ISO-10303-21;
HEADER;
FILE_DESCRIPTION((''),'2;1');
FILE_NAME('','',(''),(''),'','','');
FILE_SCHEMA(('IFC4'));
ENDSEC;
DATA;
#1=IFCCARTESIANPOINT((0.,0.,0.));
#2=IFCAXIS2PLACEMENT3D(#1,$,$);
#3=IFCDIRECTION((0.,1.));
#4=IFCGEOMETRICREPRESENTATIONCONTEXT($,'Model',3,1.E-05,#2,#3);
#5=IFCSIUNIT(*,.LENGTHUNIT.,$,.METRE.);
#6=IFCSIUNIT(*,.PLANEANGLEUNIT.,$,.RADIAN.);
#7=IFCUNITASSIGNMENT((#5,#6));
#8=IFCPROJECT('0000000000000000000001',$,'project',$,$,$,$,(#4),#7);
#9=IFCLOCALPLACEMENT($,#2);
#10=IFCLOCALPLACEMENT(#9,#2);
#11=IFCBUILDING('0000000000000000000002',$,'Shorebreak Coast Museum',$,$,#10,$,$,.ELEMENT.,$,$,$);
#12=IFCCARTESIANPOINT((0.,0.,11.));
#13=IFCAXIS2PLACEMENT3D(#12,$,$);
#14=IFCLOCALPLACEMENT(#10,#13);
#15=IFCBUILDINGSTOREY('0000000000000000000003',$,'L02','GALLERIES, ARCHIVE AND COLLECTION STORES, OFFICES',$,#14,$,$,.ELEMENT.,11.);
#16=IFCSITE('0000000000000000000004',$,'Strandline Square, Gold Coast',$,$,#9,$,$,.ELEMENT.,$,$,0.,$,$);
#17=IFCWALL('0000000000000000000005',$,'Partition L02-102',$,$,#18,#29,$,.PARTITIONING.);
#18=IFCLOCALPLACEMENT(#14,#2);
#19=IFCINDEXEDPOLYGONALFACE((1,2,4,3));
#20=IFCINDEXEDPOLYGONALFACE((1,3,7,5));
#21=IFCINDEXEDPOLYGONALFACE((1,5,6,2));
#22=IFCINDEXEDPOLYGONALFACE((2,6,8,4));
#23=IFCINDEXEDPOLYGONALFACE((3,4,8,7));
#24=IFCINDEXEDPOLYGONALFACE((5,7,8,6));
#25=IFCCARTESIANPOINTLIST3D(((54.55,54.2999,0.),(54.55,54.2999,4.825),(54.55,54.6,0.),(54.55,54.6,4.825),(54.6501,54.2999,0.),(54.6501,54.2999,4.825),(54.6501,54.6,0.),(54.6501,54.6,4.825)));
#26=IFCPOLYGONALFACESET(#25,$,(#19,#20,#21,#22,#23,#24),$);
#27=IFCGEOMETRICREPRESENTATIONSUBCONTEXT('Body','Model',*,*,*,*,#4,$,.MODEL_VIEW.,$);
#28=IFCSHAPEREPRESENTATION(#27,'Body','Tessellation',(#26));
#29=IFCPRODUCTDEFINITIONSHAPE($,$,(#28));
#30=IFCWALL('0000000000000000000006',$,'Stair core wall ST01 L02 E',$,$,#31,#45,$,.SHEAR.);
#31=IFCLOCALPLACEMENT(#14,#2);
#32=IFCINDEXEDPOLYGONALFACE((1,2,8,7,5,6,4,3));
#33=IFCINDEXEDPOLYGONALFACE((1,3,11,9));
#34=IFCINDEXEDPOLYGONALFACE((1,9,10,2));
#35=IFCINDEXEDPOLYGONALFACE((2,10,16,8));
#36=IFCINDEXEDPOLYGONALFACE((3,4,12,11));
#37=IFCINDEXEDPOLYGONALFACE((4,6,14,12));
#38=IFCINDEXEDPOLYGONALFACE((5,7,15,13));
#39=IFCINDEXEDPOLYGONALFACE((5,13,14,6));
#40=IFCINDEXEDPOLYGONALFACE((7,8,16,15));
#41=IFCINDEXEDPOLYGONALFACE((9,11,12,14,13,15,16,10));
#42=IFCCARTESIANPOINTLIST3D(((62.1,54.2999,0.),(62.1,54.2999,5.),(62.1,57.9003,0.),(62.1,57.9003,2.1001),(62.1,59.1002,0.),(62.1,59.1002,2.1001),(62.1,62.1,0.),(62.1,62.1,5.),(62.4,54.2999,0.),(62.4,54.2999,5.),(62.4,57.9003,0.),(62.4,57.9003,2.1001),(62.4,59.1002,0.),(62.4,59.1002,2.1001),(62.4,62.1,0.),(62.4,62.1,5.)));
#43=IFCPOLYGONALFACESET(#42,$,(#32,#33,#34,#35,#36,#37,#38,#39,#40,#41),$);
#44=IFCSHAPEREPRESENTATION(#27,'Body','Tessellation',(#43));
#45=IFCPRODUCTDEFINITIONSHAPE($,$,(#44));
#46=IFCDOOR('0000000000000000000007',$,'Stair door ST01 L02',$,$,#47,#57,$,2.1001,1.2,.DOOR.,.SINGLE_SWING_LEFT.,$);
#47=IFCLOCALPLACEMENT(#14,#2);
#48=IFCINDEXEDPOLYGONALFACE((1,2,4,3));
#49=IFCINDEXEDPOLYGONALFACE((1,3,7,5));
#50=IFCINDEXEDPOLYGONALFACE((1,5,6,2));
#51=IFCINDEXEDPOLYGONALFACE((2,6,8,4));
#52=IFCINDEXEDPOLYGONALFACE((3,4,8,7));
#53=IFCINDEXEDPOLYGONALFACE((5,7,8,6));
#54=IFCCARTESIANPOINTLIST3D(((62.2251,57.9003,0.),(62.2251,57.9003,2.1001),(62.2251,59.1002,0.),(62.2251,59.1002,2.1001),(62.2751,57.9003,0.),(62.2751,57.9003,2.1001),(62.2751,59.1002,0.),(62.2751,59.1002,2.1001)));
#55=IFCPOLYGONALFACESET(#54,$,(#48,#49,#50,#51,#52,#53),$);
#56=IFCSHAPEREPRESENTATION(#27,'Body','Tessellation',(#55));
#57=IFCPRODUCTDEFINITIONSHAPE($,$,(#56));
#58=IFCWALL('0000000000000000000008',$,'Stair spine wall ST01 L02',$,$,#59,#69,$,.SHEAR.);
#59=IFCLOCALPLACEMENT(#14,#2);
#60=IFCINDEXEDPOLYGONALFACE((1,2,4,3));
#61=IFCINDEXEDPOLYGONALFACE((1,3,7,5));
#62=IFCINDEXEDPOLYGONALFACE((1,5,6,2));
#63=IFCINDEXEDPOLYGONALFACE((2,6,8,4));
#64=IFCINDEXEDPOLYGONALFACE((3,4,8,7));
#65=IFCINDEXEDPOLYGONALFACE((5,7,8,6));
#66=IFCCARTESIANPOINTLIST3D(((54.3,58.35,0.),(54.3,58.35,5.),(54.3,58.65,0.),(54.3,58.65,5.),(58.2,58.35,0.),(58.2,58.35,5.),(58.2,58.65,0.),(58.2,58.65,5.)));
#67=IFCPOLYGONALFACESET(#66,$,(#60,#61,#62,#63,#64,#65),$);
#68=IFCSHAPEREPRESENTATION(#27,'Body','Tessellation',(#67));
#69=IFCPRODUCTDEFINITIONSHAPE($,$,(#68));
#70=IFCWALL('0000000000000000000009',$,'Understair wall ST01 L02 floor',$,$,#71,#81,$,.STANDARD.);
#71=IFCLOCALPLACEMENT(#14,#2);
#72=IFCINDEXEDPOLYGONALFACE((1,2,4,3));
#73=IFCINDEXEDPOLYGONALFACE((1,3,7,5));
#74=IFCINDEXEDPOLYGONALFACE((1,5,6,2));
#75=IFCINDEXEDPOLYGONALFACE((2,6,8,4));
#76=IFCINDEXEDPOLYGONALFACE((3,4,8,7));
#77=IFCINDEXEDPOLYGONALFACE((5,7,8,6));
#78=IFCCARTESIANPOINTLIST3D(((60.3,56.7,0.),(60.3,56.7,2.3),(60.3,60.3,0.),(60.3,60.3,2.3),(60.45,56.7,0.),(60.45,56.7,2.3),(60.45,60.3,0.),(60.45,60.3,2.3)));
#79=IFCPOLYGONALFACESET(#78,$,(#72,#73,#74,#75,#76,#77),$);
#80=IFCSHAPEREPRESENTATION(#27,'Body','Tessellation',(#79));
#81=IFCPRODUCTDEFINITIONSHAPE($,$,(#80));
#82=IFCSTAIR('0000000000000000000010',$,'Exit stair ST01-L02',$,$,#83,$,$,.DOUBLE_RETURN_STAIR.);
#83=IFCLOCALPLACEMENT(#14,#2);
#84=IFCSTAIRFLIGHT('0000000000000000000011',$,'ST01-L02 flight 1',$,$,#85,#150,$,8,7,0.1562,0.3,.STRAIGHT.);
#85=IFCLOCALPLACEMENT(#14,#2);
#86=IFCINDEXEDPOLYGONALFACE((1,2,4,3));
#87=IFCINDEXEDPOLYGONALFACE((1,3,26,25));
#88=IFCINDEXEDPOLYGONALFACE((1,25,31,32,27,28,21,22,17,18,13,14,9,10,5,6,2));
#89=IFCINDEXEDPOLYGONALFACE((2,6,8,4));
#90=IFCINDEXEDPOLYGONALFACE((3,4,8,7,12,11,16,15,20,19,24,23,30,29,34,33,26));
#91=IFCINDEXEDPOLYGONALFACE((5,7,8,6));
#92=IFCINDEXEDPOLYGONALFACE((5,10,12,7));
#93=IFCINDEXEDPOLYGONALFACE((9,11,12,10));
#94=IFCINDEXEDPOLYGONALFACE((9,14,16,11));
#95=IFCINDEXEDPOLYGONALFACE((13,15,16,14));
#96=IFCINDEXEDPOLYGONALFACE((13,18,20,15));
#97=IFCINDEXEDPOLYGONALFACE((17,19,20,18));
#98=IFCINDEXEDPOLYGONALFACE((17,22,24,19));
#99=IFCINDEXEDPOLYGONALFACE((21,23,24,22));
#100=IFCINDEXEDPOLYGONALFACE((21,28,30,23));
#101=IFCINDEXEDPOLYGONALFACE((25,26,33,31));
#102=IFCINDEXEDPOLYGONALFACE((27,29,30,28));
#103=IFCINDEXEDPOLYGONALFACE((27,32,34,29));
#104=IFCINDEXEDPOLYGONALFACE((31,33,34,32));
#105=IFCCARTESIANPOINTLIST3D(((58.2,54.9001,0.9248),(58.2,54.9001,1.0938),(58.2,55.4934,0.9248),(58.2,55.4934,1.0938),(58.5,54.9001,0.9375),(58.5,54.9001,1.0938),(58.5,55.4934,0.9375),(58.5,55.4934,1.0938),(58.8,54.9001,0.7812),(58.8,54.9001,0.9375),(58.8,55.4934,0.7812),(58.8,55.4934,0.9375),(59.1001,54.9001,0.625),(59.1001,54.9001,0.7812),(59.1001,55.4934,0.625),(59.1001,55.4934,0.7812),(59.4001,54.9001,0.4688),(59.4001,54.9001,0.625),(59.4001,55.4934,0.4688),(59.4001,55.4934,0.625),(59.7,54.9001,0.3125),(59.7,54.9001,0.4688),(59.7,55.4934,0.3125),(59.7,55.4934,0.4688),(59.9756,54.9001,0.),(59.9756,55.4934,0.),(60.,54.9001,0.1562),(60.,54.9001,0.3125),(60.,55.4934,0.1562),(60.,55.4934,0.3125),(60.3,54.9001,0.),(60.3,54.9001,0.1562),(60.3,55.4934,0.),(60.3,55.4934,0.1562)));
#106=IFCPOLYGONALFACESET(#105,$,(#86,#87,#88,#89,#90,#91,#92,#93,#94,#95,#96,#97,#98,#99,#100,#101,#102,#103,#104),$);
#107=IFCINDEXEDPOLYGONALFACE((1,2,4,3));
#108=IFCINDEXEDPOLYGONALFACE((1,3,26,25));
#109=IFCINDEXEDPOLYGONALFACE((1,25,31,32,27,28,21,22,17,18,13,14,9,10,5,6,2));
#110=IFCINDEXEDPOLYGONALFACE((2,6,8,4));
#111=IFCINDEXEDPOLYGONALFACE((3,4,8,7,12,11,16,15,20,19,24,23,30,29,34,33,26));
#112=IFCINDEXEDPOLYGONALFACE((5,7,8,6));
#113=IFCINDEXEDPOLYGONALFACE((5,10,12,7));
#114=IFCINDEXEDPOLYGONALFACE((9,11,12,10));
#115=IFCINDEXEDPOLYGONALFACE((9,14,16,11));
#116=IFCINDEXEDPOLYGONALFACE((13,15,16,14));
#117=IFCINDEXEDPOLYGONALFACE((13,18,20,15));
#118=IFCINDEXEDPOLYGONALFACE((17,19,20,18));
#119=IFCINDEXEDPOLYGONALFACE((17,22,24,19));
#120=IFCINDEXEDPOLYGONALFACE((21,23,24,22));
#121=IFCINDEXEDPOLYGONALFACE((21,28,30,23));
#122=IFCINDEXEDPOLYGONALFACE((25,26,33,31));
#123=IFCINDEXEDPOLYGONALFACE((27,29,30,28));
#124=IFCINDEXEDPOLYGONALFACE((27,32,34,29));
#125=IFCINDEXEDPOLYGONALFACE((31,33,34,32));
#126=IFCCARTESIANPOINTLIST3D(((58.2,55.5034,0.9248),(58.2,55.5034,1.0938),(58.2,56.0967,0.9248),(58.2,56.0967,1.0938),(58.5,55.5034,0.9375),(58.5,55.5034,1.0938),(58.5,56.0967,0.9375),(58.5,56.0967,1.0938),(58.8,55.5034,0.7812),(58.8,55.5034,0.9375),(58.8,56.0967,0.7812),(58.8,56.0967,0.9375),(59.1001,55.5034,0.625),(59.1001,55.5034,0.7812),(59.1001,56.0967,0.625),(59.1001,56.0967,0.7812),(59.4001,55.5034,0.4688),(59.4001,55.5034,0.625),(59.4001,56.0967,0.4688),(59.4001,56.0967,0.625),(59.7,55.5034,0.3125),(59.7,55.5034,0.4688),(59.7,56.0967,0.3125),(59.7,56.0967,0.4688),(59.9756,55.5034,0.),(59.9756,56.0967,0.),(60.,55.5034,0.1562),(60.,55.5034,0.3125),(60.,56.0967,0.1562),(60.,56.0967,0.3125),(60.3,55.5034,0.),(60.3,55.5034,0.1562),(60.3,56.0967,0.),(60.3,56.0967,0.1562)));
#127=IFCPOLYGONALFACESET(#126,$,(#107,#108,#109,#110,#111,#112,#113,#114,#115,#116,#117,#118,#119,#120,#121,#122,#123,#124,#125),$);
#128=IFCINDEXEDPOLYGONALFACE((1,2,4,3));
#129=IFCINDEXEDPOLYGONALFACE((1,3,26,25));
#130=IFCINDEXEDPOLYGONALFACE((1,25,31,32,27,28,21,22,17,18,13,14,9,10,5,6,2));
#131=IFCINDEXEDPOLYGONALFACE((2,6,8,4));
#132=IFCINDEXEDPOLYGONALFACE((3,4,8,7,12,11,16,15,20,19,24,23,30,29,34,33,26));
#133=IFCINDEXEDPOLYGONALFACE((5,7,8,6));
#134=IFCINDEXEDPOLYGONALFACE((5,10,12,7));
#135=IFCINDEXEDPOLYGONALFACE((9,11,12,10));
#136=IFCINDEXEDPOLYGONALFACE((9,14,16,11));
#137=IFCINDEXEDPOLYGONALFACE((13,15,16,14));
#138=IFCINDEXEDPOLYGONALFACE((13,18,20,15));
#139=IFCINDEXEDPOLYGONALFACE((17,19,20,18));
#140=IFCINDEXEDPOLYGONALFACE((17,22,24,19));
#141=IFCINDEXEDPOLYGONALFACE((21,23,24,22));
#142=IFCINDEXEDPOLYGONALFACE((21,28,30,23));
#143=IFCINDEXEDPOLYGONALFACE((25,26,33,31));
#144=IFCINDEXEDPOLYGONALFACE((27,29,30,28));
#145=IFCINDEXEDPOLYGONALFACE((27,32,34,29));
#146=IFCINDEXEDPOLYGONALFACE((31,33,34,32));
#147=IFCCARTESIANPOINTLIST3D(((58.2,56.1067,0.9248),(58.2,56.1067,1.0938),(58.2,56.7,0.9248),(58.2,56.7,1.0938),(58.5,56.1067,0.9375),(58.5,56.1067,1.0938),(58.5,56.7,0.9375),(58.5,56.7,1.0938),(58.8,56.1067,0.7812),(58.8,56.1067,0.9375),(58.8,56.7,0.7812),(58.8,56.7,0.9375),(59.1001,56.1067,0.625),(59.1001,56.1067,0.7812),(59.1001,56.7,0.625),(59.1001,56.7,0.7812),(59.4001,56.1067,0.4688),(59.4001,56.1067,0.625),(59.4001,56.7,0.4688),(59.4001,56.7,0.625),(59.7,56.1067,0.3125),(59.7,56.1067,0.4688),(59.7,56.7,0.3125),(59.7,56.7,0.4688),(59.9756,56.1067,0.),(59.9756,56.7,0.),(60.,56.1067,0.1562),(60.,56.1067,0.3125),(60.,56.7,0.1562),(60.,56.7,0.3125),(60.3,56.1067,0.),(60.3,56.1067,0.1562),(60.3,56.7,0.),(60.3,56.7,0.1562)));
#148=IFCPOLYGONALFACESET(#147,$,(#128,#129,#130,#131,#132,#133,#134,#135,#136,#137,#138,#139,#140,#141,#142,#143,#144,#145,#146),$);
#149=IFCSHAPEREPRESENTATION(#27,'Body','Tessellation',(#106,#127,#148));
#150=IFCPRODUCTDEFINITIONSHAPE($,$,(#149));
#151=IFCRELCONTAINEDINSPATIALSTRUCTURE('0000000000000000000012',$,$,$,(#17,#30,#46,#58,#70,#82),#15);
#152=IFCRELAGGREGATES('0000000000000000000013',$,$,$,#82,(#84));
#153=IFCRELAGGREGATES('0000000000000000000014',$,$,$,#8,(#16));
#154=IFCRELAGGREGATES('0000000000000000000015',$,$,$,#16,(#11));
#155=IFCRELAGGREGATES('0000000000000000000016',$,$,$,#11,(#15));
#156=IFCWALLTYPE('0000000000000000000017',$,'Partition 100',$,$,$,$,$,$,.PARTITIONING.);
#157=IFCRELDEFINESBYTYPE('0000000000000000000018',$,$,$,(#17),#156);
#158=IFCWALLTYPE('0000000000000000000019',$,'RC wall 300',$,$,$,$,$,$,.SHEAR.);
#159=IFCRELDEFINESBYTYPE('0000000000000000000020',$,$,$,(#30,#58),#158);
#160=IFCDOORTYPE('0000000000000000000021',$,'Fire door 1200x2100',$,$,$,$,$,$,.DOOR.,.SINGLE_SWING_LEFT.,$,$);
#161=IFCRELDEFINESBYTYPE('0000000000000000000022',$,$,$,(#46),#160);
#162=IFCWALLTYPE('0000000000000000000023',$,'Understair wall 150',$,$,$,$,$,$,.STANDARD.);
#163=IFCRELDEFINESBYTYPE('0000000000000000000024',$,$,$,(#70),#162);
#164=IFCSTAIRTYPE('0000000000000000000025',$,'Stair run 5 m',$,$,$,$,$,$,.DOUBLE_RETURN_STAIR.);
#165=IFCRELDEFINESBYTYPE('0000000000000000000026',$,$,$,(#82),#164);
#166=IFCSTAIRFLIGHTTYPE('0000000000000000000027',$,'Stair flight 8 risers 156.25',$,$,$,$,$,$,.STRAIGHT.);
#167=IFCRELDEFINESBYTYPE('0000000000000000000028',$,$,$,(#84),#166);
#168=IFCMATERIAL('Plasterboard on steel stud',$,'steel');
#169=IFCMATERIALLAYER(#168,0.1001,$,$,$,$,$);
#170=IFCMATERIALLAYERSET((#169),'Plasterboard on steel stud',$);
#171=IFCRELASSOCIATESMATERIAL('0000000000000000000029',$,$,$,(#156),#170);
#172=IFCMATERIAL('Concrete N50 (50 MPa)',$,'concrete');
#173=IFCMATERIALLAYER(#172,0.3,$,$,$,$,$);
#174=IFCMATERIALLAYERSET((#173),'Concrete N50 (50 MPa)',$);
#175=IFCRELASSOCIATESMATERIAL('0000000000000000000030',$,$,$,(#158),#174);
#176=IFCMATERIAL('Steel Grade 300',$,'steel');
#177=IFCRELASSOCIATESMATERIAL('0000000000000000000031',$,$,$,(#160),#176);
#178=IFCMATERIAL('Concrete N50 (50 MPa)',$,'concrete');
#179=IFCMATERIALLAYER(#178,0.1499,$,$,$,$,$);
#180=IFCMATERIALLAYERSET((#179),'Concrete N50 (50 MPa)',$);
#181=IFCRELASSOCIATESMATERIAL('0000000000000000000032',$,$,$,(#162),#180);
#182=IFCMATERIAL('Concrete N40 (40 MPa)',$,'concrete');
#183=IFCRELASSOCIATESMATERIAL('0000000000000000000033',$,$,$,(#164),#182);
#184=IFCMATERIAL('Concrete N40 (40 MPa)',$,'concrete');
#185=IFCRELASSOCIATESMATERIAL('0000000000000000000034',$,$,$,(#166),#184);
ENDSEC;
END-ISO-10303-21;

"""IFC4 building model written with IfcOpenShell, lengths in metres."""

from ifc_helpers import new_model, si_unit, direction, frame, frame_2d, origin, place, context, subcontext, project, spatial, polyline, rectangle, outline, extrude, material, layer, layer_set, type_object, element, fill, aggregate, save


model = new_model("IFC4")

# Units and contexts
model_context = context("Model", 3, precision=1e-05, world=origin(), true_north=direction((0.0, 1.0)))
body_context = subcontext(model_context, "Body", "Model", "MODEL_VIEW")
ifc_project = project(units=[si_unit("LENGTHUNIT", "METRE"), si_unit("PLANEANGLEUNIT", "RADIAN")], contexts=[model_context])

# Site, building, storey
site_placement = place(None, origin())
site = spatial("IfcSite", under=ifc_project, at=site_placement, Name="Strandline Square, Gold Coast", CompositionType="ELEMENT", RefElevation=0.0)
building_placement = place(site_placement, origin())
building = spatial("IfcBuilding", under=site, at=building_placement, Name="Shorebreak Coast Museum", CompositionType="ELEMENT")
storey_placement = place(building_placement, frame((0.0, 0.0, 11.0)))
storey = spatial("IfcBuildingStorey", under=building, at=storey_placement, Name="L02", Description="GALLERIES, ARCHIVE AND COLLECTION STORES, OFFICES", CompositionType="ELEMENT", Elevation=11.0)

# Wall
ifc_material_1 = material(Name="Plasterboard on steel stud", Category="steel")
ifc_layer_1 = layer(ifc_material_1, 0.1001)
ifc_layer_set_1 = layer_set([ifc_layer_1], Name="Plasterboard on steel stud")
wall_type_1 = type_object("IfcWallType", Name="Partition 100", PredefinedType="PARTITIONING", material=ifc_layer_set_1)
wall_1_placement = place(storey_placement, frame((54.6001, 54.3, 0.0), z_axis=(0.0, 0.0, 1.0), x_axis=(0.0, 1.0, 0.0)))
element("IfcWall", 1, at=wall_1_placement, inside=storey, type_object=wall_type_1, Name="Partition L02-102", PredefinedType="PARTITIONING", context=body_context, shape_type="SweptSolid", body=[
    extrude(rectangle(XDim=0.3, YDim=0.1001, at=frame_2d((0.1499, 0.0))), origin(), (0.0, 0.0, 1.0), 4.825),
])

# Wall, opening, door
ifc_material_2 = material(Name="Concrete N50 (50 MPa)", Category="concrete")
ifc_layer_2 = layer(ifc_material_2, 0.3)
ifc_layer_set_2 = layer_set([ifc_layer_2], Name="Concrete N50 (50 MPa)")
wall_type_2 = type_object("IfcWallType", Name="RC wall 300", PredefinedType="SHEAR", material=ifc_layer_set_2)
wall_2_placement = place(storey_placement, frame((62.25, 54.3, 0.0), z_axis=(0.0, 0.0, 1.0), x_axis=(0.0, 1.0, 0.0)))
wall_2 = element("IfcWall", 2, at=wall_2_placement, inside=storey, type_object=wall_type_2, Name="Stair core wall ST01 L02 E", PredefinedType="SHEAR", context=body_context, shape_type="SweptSolid", body=[
    extrude(rectangle(XDim=7.8, YDim=0.3, at=frame_2d((3.8999, 0.0))), origin(), (0.0, 0.0, 1.0), 5.0),
])
opening_1_placement = place(wall_2_placement, frame((3.6001, 0.0, 0.0)))
opening_1 = element("IfcOpeningElement", 3, at=opening_1_placement, cuts=wall_2, PredefinedType="OPENING", context=body_context, shape_type="SweptSolid", body=[
    extrude(rectangle(XDim=1.2, YDim=2.1001, at=frame_2d((0.6001, 1.05))), frame((0.0, 0.1599, 0.0), z_axis=(0.0, -1.0, 0.0), x_axis=(1.0, 0.0, 0.0)), (0.0, 0.0, 1.0), 0.3201),
])
ifc_material_3 = material(Name="Steel Grade 300", Category="steel")
door_type_1 = type_object("IfcDoorType", Name="Fire door 1200x2100", OperationType="SINGLE_SWING_LEFT", PredefinedType="DOOR", material=ifc_material_3)
door_1_placement = place(opening_1_placement, origin())
door_1 = element("IfcDoor", 4, at=door_1_placement, inside=storey, type_object=door_type_1, Name="Stair door ST01 L02", OperationType="SINGLE_SWING_LEFT", OverallHeight=2.1001, OverallWidth=1.2, PredefinedType="DOOR", context=body_context, shape_type="SweptSolid", body=[
    extrude(rectangle(XDim=1.2, YDim=2.1001, at=frame_2d((0.6001, 1.05))), frame((0.0, 0.0249, 0.0), z_axis=(0.0, -1.0, 0.0), x_axis=(1.0, 0.0, 0.0)), (0.0, 0.0, 1.0), 0.05),
])
fill(opening_1, door_1)

# Walls
wall_3_placement = place(storey_placement, frame((58.2, 58.5, 0.0), z_axis=(0.0, 0.0, 1.0), x_axis=(-1.0, 0.0, 0.0)))
element("IfcWall", 5, at=wall_3_placement, inside=storey, type_object=wall_type_2, Name="Stair spine wall ST01 L02", PredefinedType="SHEAR", context=body_context, shape_type="SweptSolid", body=[
    extrude(rectangle(XDim=3.8999, YDim=0.3, at=frame_2d((1.95, 0.0))), origin(), (0.0, 0.0, 1.0), 5.0),
])
ifc_material_4 = material(Name="Concrete N50 (50 MPa)", Category="concrete")
ifc_layer_3 = layer(ifc_material_4, 0.1499)
ifc_layer_set_3 = layer_set([ifc_layer_3], Name="Concrete N50 (50 MPa)")
wall_type_3 = type_object("IfcWallType", Name="Understair wall 150", PredefinedType="STANDARD", material=ifc_layer_set_3)
wall_4_placement = place(storey_placement, frame((60.375, 56.7, 0.0), z_axis=(0.0, 0.0, 1.0), x_axis=(0.0, 1.0, 0.0)))
element("IfcWall", 6, at=wall_4_placement, inside=storey, type_object=wall_type_3, Name="Understair wall ST01 L02 floor", PredefinedType="STANDARD", context=body_context, shape_type="SweptSolid", body=[
    extrude(rectangle(XDim=3.6001, YDim=0.1499, at=frame_2d((1.8, 0.0))), origin(), (0.0, 0.0, 1.0), 2.3),
])

# Stair, stair flight
ifc_material_5 = material(Name="Concrete N40 (40 MPa)", Category="concrete")
stair_type = type_object("IfcStairType", Name="Stair run 5 m", PredefinedType="DOUBLE_RETURN_STAIR", material=ifc_material_5)
stair_placement = place(storey_placement, origin())
stair = element("IfcStair", 7, at=stair_placement, inside=storey, type_object=stair_type, Name="Exit stair ST01-L02", PredefinedType="DOUBLE_RETURN_STAIR")
ifc_material_6 = material(Name="Concrete N40 (40 MPa)", Category="concrete")
stair_flight_type = type_object("IfcStairFlightType", Name="Stair flight 8 risers 156.25", PredefinedType="STRAIGHT", material=ifc_material_6)
stair_flight_1_placement = place(storey_placement, frame((60.3, 55.8, 0.0), z_axis=(0.0, 0.0, 1.0), x_axis=(-1.0, 0.0, 0.0)))
stair_flight_1 = element("IfcStairFlight", 8, at=stair_flight_1_placement, type_object=stair_flight_type, Name="ST01-L02 flight 1", NumberOfRisers=8, NumberOfTreads=7, PredefinedType="STRAIGHT", RiserHeight=0.1562, TreadLength=0.3, context=body_context, shape_type="SweptSolid", body=[
    extrude(outline(polyline([(0.0, 0.0), (0.0, 0.1562), (0.3, 0.1562), (0.3, 0.3125), (0.6001, 0.3125), (0.6001, 0.4688), (0.8999, 0.4688), (0.8999, 0.625), (1.2, 0.625), (1.2, 0.7812), (1.5, 0.7812), (1.5, 0.9375), (1.8, 0.9375), (1.8, 1.0938), (2.1001, 1.0938), (2.1001, 1.25), (2.1001, 0.9248), (0.3245, 0.0), (0.0, 0.0)])), frame((0.0, 0.8999, 0.0), z_axis=(0.0, -1.0, 0.0), x_axis=(1.0, 0.0, 0.0)), (0.0, 0.0, 1.0), 0.5933),
    extrude(outline(polyline([(0.0, 0.0), (0.0, 0.1562), (0.3, 0.1562), (0.3, 0.3125), (0.6001, 0.3125), (0.6001, 0.4688), (0.8999, 0.4688), (0.8999, 0.625), (1.2, 0.625), (1.2, 0.7812), (1.5, 0.7812), (1.5, 0.9375), (1.8, 0.9375), (1.8, 1.0938), (2.1001, 1.0938), (2.1001, 1.25), (2.1001, 0.9248), (0.3245, 0.0), (0.0, 0.0)])), frame((0.0, 0.2966, 0.0), z_axis=(0.0, -1.0, 0.0), x_axis=(1.0, 0.0, 0.0)), (0.0, 0.0, 1.0), 0.5933),
    extrude(outline(polyline([(0.0, 0.0), (0.0, 0.1562), (0.3, 0.1562), (0.3, 0.3125), (0.6001, 0.3125), (0.6001, 0.4688), (0.8999, 0.4688), (0.8999, 0.625), (1.2, 0.625), (1.2, 0.7812), (1.5, 0.7812), (1.5, 0.9375), (1.8, 0.9375), (1.8, 1.0938), (2.1001, 1.0938), (2.1001, 1.25), (2.1001, 0.9248), (0.3245, 0.0), (0.0, 0.0)])), frame((0.0, -0.3066, 0.0), z_axis=(0.0, -1.0, 0.0), x_axis=(1.0, 0.0, 0.0)), (0.0, 0.0, 1.0), 0.5933),
])
aggregate(stair, [stair_flight_1])

save(model, "model.ifc")
